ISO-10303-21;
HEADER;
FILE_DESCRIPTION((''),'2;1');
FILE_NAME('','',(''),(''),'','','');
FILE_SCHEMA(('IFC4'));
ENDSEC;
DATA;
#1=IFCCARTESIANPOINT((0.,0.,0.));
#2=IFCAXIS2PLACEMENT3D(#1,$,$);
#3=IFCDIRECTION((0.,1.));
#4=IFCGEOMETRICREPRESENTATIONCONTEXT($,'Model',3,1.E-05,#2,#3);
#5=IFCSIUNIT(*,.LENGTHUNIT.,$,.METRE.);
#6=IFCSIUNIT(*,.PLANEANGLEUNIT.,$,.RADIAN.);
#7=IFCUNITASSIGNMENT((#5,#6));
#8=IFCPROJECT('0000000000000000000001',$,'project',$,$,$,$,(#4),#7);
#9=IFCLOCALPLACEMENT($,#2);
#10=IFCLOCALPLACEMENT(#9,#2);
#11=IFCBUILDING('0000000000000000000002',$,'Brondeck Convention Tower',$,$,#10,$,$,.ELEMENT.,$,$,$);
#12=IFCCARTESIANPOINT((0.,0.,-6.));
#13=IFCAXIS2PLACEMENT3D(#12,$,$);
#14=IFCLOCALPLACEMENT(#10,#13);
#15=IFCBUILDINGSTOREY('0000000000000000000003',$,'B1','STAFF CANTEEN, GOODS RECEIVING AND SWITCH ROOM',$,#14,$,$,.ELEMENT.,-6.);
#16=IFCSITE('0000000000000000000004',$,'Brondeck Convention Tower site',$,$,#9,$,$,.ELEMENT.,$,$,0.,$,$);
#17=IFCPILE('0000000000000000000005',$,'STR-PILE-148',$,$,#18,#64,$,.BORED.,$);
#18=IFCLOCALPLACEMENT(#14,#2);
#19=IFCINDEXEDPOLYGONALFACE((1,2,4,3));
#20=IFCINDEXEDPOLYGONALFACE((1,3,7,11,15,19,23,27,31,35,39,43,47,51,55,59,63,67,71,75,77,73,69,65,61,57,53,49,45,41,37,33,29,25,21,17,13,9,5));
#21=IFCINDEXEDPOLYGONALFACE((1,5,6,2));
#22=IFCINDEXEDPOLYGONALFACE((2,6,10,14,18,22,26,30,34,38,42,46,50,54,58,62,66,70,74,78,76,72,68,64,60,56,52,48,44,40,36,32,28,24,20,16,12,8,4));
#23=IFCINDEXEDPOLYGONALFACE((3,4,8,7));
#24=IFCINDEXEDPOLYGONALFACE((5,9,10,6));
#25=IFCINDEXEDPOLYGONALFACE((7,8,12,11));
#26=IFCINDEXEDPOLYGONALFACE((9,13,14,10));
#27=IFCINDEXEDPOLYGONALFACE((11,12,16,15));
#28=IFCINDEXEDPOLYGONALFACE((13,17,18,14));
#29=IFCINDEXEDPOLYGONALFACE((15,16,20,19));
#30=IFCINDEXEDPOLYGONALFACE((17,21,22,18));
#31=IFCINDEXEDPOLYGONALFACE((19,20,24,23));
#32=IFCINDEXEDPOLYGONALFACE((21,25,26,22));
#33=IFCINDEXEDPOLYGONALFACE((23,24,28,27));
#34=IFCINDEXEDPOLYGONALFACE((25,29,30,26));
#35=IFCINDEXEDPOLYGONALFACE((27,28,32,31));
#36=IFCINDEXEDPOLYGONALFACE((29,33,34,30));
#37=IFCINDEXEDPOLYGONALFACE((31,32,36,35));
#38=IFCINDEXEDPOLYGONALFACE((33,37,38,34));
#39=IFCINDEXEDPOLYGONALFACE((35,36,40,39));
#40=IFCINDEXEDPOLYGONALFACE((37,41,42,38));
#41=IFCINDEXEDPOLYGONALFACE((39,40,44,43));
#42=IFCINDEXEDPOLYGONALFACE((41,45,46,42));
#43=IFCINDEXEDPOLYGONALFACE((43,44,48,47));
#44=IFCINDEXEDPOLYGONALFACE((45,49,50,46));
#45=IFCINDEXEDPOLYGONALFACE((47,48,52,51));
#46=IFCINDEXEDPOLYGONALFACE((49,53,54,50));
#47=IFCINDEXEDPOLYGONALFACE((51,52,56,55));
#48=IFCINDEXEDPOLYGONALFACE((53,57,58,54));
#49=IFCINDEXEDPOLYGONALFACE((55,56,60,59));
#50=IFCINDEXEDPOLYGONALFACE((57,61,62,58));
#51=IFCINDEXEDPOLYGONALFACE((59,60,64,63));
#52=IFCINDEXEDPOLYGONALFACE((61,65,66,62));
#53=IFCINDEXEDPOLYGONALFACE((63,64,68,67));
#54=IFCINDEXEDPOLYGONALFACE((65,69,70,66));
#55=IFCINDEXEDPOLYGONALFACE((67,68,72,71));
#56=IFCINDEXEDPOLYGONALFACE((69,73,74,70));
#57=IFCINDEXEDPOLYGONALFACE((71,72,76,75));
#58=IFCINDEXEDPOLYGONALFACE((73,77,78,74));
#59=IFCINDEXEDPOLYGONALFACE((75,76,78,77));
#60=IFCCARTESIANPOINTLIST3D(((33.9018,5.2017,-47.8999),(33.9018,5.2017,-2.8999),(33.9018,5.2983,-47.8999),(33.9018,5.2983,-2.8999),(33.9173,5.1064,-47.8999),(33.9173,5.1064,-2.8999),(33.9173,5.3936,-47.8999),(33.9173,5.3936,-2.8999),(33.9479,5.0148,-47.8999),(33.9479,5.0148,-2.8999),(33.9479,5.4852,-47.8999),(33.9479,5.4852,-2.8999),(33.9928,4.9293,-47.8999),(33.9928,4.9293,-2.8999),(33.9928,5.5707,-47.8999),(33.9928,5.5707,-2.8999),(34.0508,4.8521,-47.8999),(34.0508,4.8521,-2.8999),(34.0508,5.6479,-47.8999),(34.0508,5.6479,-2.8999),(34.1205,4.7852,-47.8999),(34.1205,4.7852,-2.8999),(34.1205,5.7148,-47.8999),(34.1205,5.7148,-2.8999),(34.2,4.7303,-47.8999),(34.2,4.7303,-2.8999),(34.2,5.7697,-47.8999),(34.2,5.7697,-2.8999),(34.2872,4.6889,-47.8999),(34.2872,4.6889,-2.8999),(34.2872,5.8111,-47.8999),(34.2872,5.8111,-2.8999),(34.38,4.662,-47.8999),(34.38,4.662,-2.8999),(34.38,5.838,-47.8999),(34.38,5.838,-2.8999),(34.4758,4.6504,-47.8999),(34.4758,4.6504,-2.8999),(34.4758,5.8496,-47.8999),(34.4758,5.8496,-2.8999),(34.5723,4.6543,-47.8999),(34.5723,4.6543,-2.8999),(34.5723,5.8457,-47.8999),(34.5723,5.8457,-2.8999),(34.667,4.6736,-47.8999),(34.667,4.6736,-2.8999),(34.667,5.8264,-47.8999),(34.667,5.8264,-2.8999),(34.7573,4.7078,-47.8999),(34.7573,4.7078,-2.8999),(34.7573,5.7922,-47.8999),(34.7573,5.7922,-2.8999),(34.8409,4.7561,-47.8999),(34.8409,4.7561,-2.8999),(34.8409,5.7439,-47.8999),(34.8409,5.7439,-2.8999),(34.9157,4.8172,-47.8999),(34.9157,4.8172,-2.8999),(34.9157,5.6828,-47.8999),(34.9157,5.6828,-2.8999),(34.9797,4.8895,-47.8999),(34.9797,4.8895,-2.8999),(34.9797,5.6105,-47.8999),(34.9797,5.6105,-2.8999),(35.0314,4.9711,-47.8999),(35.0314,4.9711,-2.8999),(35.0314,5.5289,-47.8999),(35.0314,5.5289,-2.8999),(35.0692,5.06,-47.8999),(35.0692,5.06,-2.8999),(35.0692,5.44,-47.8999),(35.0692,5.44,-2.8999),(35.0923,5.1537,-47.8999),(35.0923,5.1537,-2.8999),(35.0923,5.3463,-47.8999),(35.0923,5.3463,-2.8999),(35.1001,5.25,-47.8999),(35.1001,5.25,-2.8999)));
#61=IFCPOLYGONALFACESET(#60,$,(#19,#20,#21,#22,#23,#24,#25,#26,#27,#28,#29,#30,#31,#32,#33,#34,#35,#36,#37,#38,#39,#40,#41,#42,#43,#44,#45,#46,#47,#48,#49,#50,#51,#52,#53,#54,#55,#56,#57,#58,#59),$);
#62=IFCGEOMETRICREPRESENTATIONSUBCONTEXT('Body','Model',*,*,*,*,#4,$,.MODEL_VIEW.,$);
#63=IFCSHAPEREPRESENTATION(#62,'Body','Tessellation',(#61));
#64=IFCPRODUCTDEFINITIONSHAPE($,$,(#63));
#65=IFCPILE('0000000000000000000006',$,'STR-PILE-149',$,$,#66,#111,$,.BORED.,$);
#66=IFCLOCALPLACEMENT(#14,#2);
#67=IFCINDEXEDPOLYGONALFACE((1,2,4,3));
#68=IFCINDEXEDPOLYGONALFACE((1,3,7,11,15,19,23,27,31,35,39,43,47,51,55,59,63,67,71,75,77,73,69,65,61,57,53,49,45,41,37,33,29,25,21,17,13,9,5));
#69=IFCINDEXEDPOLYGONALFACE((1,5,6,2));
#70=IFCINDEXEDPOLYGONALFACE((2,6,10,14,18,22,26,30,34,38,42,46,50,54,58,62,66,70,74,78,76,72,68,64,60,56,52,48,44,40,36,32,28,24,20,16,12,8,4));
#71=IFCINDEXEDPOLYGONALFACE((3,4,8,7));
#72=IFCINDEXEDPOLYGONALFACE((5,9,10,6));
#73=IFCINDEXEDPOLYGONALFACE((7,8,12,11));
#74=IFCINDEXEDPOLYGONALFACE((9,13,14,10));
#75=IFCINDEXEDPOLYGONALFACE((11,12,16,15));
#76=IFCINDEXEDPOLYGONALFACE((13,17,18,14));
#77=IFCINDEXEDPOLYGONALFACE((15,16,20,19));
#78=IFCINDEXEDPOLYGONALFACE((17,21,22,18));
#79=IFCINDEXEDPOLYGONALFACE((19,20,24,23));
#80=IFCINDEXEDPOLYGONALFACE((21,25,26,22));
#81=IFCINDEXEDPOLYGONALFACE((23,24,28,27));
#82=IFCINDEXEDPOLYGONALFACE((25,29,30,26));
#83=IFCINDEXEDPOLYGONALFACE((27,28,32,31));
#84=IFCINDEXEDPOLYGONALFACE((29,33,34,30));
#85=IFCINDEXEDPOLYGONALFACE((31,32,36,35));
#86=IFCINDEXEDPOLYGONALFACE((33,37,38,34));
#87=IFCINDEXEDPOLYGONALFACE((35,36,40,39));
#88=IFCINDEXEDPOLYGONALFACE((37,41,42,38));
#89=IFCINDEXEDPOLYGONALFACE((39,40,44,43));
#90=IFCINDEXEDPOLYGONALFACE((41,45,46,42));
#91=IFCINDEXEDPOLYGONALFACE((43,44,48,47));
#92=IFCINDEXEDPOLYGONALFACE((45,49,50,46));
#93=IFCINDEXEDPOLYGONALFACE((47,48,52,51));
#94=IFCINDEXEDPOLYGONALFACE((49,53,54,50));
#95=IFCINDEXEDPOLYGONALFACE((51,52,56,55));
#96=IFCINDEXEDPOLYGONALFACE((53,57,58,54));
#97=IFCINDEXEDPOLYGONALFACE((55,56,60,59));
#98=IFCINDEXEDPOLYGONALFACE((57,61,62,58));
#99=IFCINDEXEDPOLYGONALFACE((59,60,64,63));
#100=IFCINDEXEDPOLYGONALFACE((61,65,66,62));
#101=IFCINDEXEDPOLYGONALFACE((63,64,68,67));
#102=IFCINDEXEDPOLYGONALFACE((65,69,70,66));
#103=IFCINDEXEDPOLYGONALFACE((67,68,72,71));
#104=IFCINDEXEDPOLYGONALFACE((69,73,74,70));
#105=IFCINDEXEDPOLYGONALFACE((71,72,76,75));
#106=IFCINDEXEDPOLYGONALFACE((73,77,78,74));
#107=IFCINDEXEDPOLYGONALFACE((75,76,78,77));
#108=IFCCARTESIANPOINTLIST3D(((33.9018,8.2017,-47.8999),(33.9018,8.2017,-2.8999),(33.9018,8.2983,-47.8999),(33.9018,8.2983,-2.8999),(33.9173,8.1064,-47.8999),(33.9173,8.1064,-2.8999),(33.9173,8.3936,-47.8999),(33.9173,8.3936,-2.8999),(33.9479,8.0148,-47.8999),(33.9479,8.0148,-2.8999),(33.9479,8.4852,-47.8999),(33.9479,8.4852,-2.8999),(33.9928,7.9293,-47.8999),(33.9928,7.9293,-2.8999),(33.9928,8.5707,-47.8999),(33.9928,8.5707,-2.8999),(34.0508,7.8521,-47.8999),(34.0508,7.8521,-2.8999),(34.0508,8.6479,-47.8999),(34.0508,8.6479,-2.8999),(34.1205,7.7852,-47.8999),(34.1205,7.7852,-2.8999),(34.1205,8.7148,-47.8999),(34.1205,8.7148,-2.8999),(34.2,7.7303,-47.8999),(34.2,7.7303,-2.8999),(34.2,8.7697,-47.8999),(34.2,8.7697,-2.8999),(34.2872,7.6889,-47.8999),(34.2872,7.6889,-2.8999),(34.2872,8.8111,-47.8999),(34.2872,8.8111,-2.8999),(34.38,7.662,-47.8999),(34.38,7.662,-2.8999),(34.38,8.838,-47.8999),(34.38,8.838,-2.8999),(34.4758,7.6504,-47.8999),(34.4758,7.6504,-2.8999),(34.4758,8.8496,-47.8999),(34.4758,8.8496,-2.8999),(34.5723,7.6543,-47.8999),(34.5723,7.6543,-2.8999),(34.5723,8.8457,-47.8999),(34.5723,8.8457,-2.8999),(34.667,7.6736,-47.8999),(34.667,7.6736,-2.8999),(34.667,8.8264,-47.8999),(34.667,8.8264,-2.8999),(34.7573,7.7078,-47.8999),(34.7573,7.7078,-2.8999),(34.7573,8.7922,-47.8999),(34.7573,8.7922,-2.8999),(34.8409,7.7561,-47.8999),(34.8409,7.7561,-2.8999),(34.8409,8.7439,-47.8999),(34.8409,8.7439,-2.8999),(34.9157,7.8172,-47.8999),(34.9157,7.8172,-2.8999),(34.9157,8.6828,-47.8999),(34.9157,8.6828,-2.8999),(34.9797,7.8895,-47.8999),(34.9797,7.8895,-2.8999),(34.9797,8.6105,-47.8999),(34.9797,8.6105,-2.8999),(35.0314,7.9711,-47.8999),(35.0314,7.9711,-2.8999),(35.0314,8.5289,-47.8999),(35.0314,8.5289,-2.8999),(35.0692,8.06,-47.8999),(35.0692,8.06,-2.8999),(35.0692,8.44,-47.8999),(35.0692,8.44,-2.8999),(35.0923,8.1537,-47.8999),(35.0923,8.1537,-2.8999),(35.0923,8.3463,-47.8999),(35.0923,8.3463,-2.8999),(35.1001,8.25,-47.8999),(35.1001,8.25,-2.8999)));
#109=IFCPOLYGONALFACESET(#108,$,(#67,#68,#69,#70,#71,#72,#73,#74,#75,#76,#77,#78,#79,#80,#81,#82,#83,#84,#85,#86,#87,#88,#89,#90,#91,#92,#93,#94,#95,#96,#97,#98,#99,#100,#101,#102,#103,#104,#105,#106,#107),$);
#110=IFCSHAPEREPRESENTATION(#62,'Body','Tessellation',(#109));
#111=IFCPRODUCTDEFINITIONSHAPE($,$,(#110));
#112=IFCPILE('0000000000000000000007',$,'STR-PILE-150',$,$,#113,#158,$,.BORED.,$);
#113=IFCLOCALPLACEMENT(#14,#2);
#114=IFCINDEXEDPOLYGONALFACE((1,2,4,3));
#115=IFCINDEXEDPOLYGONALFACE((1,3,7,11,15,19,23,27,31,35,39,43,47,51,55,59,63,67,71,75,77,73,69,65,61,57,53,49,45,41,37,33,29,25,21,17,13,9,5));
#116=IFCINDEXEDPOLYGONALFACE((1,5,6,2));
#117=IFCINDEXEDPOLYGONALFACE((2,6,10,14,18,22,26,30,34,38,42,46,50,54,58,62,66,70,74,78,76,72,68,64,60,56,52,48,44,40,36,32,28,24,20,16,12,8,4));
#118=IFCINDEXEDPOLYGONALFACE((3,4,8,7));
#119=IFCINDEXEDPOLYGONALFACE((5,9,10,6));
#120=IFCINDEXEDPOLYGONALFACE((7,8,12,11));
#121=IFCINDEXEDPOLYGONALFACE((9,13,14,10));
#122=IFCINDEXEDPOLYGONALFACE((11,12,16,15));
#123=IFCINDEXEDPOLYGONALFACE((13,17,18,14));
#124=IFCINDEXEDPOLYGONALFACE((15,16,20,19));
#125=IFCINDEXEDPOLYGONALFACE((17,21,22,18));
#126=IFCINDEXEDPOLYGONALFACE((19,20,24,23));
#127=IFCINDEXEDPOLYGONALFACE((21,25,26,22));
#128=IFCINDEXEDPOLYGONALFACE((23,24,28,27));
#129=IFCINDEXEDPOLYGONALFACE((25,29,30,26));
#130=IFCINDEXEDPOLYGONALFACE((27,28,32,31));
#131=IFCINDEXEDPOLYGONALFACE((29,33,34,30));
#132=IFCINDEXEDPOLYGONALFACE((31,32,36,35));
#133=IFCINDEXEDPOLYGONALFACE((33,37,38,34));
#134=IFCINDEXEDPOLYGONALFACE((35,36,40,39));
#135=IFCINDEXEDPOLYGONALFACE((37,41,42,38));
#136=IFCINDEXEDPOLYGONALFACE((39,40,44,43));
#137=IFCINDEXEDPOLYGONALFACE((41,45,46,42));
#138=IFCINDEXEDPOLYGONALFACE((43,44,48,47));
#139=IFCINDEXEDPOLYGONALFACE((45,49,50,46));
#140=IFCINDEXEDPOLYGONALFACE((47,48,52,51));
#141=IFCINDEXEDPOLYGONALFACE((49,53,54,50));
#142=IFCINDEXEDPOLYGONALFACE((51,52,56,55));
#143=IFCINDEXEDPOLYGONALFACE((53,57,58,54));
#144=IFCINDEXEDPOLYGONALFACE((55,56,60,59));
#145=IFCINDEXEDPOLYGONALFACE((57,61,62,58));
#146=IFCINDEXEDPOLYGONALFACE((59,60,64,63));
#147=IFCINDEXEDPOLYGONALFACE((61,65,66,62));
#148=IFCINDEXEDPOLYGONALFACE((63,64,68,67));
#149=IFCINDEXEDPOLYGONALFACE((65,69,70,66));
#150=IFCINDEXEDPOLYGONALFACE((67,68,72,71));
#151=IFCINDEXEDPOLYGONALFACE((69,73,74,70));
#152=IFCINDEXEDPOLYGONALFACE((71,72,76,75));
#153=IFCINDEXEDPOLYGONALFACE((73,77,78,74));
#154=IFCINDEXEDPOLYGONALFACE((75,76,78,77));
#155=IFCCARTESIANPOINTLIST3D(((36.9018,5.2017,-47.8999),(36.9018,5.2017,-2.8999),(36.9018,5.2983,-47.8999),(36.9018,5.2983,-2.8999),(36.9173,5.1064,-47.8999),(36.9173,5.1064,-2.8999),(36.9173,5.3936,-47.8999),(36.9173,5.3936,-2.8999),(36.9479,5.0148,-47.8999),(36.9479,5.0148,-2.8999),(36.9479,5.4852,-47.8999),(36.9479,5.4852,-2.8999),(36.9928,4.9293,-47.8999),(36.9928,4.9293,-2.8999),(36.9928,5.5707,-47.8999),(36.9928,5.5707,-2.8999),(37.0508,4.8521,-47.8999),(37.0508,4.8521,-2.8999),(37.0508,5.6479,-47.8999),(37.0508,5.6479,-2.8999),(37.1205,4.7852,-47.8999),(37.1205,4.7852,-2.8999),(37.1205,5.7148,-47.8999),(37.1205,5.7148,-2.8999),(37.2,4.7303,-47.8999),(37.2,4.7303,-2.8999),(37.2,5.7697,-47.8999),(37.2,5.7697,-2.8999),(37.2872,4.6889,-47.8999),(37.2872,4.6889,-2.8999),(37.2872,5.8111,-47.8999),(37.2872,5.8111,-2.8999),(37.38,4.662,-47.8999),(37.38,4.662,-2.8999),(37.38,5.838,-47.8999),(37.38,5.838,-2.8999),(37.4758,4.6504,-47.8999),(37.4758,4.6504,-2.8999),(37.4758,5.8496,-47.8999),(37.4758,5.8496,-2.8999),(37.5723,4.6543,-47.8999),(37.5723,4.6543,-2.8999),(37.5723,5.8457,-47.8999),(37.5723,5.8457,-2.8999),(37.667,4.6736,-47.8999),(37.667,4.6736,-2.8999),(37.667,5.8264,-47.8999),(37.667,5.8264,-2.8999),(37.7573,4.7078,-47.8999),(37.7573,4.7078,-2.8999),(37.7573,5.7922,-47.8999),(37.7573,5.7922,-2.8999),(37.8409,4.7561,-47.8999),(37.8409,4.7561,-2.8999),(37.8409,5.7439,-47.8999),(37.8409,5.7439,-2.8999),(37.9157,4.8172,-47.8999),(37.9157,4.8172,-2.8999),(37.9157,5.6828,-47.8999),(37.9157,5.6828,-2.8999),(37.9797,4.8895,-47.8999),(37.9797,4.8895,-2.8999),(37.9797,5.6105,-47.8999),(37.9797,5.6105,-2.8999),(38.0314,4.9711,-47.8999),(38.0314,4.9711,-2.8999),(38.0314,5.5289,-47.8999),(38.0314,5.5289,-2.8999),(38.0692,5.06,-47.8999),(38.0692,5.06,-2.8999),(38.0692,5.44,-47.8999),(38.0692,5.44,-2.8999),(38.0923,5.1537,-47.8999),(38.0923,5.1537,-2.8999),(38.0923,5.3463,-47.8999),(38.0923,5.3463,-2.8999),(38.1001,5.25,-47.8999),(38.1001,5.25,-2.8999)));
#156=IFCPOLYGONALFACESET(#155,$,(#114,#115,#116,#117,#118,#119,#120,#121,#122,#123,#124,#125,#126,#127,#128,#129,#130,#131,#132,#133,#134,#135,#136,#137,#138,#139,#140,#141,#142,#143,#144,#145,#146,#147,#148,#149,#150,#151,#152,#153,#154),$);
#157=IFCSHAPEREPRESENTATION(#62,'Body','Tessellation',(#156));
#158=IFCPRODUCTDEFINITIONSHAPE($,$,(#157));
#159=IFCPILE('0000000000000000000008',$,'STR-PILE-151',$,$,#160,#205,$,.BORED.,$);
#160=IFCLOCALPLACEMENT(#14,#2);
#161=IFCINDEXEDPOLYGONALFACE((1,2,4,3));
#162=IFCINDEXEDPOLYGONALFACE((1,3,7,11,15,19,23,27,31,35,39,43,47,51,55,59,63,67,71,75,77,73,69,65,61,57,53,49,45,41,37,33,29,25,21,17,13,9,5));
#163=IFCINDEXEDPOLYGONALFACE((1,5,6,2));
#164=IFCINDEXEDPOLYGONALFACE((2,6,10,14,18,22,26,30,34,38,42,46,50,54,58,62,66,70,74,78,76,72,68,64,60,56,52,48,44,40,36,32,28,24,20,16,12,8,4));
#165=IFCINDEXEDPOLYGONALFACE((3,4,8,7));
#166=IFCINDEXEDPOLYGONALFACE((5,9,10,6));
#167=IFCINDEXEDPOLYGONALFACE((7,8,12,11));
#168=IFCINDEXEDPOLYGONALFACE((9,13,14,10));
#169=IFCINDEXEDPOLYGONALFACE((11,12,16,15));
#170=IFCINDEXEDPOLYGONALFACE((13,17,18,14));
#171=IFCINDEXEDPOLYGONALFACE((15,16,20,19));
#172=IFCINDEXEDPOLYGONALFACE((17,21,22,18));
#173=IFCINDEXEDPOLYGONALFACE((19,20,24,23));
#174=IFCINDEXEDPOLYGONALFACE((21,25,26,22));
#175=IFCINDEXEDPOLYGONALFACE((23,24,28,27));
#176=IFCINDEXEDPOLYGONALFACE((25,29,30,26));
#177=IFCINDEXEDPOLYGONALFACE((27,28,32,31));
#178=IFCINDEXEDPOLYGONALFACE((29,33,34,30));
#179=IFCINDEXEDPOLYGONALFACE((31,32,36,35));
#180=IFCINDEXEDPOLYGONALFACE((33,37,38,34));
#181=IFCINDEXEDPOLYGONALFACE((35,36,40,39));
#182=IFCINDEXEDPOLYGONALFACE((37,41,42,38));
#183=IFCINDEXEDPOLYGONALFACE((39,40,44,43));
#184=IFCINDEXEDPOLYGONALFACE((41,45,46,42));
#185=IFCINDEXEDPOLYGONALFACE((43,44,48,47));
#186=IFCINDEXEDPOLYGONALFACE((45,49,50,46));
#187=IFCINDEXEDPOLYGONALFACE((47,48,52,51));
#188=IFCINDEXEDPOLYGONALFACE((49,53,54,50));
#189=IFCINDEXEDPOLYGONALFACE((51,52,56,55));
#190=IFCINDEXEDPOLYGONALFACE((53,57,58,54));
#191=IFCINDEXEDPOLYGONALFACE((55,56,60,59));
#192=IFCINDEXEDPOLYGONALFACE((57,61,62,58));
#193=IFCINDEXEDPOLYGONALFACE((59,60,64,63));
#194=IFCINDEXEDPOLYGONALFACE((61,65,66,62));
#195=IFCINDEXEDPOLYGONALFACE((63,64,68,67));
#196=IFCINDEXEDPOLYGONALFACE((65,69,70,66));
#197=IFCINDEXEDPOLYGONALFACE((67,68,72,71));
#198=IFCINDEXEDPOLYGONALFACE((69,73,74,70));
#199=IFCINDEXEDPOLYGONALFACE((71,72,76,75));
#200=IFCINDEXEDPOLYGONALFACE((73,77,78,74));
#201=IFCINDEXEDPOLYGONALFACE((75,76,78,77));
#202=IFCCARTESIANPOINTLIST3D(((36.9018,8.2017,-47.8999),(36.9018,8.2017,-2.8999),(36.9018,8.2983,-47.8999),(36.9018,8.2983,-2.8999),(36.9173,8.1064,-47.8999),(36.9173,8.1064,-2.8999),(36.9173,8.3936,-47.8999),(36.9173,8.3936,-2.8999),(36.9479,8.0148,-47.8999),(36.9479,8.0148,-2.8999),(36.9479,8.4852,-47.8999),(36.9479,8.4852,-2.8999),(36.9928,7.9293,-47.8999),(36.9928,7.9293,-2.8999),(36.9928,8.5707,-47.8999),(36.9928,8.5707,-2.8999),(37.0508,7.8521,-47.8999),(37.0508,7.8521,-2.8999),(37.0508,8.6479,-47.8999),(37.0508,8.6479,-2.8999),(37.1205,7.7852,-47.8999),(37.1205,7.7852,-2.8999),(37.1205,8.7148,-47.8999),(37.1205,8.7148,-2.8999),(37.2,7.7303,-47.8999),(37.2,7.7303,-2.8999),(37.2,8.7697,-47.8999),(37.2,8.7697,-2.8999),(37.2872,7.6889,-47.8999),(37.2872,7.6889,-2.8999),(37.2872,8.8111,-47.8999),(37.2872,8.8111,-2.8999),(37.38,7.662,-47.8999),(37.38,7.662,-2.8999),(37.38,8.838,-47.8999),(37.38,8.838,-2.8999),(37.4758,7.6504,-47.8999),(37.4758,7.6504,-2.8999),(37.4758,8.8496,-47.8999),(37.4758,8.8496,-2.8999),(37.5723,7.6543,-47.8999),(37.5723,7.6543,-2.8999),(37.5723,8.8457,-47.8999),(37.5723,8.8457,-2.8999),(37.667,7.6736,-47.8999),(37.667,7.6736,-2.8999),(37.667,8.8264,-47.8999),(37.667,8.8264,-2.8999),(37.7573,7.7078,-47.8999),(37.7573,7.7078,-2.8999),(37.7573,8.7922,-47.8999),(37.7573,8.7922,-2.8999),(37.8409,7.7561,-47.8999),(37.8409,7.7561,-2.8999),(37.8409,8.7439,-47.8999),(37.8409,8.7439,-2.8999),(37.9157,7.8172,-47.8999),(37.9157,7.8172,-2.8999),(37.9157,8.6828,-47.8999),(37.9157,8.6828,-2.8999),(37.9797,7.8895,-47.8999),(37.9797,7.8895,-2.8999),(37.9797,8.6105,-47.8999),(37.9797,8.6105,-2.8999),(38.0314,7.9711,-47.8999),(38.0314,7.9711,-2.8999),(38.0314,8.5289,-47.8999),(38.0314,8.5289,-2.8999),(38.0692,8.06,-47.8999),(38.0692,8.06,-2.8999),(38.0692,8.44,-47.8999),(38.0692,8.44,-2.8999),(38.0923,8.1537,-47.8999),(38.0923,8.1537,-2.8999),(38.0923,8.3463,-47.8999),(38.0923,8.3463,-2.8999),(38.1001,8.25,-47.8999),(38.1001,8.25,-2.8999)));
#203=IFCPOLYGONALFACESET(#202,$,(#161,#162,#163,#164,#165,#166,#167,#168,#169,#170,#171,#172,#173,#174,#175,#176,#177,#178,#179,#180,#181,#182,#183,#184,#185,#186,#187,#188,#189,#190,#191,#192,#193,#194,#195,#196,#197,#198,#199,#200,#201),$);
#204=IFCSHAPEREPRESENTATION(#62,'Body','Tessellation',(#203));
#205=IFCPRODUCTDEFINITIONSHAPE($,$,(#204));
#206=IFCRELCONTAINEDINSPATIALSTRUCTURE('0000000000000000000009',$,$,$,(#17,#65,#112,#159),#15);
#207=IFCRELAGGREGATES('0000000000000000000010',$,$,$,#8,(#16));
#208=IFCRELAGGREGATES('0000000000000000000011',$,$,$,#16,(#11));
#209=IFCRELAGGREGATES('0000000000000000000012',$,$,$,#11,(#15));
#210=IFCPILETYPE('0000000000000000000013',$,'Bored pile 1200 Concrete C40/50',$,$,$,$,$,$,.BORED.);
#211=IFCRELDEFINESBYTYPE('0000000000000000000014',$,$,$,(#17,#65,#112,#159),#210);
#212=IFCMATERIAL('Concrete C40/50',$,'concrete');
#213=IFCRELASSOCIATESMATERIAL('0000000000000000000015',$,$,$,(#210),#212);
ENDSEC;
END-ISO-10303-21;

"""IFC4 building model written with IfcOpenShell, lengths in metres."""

from ifc_helpers import new_model, si_unit, direction, frame, origin, origin_2d, place, context, subcontext, project, spatial, circle, extrude, material, material_profile, profile_set, type_object, element, save


model = new_model("IFC4")

# Units and contexts
model_context = context("Model", 3, precision=1e-05, world=origin(), true_north=direction((0.0, 1.0)))
body_context = subcontext(model_context, "Body", "Model", "MODEL_VIEW")
ifc_project = project(units=[si_unit("LENGTHUNIT", "METRE"), si_unit("PLANEANGLEUNIT", "RADIAN")], contexts=[model_context])

# Site, building, storey
site_placement = place(None, origin())
site = spatial("IfcSite", under=ifc_project, at=site_placement, Name="Brondeck Convention Tower site", CompositionType="ELEMENT", RefElevation=0.0)
building_placement = place(site_placement, origin())
building = spatial("IfcBuilding", under=site, at=building_placement, Name="Brondeck Convention Tower", CompositionType="ELEMENT")
storey_placement = place(building_placement, frame((0.0, 0.0, -6.0)))
storey = spatial("IfcBuildingStorey", under=building, at=storey_placement, Name="B1", Description="STAFF CANTEEN, GOODS RECEIVING AND SWITCH ROOM", CompositionType="ELEMENT", Elevation=-6.0)

# Piles
ifc_material_1 = material(Name="Concrete C40/50", Category="concrete")
ifc_material_profile_1 = material_profile(ifc_material_1, circle(Radius=0.6001, at=origin_2d()), Name="Bored pile 1200 Concrete C40/50")
ifc_profile_set_1 = profile_set([ifc_material_profile_1], Name="Concrete C40/50")
pile_type = type_object("IfcPileType", Name="Bored pile 1200 Concrete C40/50", PredefinedType="BORED", material=ifc_profile_set_1)
for number, where, z_axis, x_axis, name in (
    (1, (34.5, 5.25, -2.8999), (0.0, 0.0, -1.0), (1.0, 0.0, 0.0), "STR-PILE-148"),
    (2, (34.5, 8.25, -2.8999), (0.0, 0.0, -1.0), (1.0, 0.0, 0.0), "STR-PILE-149"),
    (3, (37.5, 5.25, -2.8999), (0.0, 0.0, -1.0), (1.0, 0.0, 0.0), "STR-PILE-150"),
    (4, (37.5, 8.25, -2.8999), (0.0, 0.0, -1.0), (1.0, 0.0, 0.0), "STR-PILE-151"),
):
    element("IfcPile", number, at=place(storey_placement, frame(where, z_axis=z_axis, x_axis=x_axis)), inside=storey, type_object=pile_type, Name=name, PredefinedType="BORED", context=body_context, shape_type="SweptSolid", body=[
        extrude(circle(Radius=0.6001, at=origin_2d()), origin(), (0.0, 0.0, 1.0), 45.0),
    ])

save(model, "model.ifc")
